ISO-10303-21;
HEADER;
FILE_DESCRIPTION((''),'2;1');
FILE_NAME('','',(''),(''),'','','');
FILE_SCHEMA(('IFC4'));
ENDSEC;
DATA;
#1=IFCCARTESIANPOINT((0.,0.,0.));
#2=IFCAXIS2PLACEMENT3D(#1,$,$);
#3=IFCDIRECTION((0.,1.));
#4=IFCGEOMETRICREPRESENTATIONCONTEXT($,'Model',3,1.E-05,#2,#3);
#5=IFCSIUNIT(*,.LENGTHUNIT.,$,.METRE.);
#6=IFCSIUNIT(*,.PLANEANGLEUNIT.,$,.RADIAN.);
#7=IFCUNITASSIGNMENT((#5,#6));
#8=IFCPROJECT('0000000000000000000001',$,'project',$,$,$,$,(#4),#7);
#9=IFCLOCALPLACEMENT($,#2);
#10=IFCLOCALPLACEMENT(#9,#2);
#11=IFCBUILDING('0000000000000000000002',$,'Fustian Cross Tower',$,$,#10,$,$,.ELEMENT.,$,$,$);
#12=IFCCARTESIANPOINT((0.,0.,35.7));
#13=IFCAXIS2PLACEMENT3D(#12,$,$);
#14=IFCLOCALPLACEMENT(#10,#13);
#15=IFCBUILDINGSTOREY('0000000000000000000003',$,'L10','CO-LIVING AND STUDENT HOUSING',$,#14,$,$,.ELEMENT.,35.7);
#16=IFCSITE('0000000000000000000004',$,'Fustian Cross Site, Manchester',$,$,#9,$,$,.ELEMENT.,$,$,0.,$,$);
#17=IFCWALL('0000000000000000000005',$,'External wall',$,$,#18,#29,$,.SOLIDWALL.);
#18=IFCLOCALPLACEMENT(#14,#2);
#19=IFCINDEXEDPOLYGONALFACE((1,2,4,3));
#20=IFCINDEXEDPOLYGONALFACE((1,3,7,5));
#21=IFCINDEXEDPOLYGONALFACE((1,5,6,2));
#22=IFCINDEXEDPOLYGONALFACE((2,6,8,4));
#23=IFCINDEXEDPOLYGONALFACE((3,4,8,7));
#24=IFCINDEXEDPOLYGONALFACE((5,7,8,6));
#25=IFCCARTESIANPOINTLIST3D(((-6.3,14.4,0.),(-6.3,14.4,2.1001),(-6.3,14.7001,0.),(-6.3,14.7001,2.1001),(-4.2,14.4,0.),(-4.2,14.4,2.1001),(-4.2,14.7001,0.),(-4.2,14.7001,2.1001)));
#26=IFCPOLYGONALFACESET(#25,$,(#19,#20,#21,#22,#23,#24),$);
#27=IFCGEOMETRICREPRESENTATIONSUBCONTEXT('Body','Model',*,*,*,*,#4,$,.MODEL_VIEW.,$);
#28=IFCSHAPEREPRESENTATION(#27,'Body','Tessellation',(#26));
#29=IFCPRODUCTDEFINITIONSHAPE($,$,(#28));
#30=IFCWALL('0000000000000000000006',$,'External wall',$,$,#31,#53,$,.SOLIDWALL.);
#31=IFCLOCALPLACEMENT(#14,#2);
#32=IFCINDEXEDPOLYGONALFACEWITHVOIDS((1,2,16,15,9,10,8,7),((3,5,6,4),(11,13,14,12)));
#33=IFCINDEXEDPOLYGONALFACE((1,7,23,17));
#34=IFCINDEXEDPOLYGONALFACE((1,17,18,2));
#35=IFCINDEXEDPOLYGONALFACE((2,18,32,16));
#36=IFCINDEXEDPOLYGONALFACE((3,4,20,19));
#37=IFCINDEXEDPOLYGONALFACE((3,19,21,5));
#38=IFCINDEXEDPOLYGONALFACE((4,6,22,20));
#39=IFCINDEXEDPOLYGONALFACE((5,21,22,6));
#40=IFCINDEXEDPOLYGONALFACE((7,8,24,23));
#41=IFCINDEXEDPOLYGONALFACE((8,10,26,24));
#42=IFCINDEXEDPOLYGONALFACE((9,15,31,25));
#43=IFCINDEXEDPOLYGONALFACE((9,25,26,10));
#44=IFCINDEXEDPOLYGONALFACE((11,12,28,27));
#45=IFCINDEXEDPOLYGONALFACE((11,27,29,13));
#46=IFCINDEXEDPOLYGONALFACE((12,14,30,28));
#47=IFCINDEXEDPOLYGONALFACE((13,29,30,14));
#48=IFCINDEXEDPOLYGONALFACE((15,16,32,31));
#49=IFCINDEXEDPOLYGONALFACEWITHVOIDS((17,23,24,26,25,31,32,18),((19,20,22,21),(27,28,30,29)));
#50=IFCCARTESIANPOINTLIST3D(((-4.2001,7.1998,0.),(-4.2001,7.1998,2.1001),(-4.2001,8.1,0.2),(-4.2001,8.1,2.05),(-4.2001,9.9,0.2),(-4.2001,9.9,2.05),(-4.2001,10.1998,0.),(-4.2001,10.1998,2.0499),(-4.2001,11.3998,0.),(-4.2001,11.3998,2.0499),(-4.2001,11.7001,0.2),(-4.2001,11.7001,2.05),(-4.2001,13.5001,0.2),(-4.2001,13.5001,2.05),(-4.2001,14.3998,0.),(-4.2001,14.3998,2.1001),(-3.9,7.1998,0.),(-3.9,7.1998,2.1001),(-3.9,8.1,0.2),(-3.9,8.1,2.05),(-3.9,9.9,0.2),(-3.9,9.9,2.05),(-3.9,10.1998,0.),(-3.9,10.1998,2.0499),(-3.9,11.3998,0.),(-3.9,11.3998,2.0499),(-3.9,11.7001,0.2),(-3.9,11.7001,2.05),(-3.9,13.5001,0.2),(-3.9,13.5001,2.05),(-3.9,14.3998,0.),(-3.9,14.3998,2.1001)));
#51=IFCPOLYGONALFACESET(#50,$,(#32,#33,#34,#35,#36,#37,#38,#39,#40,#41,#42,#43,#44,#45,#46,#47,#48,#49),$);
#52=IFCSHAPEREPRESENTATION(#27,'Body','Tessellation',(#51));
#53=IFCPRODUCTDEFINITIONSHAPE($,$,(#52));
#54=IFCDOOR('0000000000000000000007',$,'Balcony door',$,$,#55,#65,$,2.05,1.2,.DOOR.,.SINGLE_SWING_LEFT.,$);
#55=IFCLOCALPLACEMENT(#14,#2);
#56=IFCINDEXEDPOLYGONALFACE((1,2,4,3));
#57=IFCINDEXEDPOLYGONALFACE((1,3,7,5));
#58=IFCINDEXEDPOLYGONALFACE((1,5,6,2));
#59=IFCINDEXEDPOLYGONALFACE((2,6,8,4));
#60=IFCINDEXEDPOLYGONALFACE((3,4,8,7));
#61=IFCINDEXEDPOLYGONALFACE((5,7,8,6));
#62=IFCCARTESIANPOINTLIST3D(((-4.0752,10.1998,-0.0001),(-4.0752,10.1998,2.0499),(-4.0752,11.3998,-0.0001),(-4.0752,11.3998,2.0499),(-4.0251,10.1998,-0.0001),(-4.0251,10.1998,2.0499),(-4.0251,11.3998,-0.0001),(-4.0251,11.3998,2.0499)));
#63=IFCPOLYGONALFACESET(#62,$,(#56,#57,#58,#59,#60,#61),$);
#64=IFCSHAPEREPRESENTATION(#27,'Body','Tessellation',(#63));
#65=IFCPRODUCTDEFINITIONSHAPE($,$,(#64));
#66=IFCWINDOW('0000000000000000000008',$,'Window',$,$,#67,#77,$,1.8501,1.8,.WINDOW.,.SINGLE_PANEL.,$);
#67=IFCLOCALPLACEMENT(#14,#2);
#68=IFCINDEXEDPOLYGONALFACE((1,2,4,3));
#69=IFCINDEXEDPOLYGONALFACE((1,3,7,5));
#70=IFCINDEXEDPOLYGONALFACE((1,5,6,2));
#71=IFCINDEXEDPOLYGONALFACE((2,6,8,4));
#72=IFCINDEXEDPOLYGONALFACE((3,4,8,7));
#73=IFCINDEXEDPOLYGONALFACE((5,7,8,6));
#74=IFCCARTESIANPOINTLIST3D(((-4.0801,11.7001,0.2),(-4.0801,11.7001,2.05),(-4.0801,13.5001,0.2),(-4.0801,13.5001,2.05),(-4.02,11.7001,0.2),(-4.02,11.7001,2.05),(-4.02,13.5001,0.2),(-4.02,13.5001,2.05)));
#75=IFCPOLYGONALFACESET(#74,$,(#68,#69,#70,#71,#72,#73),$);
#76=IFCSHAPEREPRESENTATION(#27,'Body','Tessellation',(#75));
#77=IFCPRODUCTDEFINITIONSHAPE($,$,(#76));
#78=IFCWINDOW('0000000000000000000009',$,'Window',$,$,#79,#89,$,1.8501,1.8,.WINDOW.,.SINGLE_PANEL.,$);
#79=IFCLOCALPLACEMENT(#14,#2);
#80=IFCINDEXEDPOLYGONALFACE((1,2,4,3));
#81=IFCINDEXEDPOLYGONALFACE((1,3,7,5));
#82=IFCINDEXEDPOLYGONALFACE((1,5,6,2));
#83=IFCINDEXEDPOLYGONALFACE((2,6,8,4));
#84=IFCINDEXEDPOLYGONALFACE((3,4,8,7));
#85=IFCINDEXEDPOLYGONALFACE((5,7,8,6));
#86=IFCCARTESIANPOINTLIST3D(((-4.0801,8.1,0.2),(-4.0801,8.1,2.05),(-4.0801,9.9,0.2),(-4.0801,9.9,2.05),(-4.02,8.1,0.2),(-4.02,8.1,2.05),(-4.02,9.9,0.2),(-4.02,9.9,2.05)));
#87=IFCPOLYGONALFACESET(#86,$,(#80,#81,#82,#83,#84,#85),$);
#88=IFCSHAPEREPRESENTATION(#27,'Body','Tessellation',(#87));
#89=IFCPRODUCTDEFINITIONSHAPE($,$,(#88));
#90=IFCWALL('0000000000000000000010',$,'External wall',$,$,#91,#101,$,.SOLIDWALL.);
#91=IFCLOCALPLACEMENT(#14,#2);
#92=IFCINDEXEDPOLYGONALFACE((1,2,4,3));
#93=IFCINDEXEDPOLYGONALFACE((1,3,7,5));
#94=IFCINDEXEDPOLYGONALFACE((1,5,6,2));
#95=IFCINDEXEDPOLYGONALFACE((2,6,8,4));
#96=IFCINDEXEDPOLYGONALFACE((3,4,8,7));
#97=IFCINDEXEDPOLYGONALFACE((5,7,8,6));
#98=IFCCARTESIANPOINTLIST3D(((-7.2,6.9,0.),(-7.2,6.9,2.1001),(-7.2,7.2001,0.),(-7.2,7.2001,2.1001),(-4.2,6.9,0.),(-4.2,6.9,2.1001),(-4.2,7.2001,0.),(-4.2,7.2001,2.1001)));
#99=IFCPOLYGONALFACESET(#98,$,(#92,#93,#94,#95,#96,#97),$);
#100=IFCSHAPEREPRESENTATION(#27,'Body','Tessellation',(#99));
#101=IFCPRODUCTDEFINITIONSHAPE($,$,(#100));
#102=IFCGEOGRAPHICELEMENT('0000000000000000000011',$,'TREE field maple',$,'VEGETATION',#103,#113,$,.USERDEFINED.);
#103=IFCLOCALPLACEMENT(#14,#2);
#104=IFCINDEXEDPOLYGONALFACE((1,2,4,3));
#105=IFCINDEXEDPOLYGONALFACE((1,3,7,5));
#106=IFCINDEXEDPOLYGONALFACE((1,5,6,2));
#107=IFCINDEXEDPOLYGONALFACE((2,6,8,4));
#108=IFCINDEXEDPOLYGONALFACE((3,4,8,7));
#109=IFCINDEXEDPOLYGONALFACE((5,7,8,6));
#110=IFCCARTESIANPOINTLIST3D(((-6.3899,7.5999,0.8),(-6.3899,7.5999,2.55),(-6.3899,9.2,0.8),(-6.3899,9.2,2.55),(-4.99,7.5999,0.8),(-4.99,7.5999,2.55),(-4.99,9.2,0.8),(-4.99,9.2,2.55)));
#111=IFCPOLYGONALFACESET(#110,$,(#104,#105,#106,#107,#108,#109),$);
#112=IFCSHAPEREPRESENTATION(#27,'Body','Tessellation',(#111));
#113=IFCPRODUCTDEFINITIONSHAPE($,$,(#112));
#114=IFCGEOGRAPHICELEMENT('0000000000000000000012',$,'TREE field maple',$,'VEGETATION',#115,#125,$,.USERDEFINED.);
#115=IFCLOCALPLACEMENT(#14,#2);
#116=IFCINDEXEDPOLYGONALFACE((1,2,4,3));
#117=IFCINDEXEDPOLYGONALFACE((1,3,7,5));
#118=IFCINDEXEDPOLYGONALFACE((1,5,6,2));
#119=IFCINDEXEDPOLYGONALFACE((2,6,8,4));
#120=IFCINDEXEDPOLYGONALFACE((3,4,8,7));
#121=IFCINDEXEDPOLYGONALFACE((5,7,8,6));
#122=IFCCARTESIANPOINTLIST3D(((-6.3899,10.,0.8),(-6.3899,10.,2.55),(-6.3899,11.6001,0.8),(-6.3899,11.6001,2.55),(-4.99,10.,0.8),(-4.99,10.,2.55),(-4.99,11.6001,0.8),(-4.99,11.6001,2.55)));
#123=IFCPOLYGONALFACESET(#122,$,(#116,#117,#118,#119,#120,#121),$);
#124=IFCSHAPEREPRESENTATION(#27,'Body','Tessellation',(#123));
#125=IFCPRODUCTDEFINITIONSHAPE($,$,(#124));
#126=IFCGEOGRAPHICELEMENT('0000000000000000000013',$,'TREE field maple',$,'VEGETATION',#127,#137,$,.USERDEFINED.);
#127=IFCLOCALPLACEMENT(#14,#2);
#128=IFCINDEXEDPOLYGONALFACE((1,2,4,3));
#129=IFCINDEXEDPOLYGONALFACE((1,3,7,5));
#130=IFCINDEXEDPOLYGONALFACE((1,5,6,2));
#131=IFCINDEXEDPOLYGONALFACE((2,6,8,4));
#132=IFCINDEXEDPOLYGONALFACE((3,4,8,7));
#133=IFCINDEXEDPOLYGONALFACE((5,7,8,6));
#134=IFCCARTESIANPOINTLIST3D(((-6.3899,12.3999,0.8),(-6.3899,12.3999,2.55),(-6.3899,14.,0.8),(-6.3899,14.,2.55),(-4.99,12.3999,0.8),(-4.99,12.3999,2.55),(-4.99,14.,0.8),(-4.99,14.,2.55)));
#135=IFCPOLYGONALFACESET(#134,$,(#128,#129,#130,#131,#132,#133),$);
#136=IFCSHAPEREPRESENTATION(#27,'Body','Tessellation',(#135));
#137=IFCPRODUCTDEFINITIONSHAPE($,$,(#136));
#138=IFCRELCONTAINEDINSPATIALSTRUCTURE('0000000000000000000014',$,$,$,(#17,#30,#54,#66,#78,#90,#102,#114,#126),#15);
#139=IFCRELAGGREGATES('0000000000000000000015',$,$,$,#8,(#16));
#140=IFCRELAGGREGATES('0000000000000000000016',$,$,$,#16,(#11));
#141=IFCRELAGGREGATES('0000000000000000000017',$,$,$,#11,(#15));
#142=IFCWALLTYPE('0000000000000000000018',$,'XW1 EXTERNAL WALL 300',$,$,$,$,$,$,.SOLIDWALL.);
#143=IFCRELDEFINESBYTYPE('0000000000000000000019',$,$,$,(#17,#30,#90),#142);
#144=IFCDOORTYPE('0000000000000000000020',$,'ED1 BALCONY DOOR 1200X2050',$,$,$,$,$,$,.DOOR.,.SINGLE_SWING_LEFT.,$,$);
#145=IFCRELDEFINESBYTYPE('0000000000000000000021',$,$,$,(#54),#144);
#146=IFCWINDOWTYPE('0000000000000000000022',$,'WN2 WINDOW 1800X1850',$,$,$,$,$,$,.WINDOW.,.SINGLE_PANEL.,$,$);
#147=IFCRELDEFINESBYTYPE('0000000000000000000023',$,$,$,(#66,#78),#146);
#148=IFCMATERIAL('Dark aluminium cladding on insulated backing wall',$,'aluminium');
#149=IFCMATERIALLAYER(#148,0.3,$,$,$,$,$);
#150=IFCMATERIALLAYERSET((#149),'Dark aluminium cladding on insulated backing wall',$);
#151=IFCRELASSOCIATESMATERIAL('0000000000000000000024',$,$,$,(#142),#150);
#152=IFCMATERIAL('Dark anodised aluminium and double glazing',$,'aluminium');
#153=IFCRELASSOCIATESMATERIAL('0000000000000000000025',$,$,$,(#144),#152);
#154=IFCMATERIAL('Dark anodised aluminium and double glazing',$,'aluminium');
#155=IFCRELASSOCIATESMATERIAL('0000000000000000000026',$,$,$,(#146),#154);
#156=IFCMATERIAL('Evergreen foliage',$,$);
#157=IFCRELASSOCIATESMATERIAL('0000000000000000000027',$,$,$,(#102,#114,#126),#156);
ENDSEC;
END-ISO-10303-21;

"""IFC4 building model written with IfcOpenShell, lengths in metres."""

from ifc_helpers import new_model, si_unit, direction, frame, frame_2d, origin, origin_2d, place, context, subcontext, project, spatial, rectangle, extrude, material, layer, layer_set, type_object, element, fill, save


model = new_model("IFC4")

# Units and contexts
model_context = context("Model", 3, precision=1e-05, world=origin(), true_north=direction((0.0, 1.0)))
body_context = subcontext(model_context, "Body", "Model", "MODEL_VIEW")
ifc_project = project(units=[si_unit("LENGTHUNIT", "METRE"), si_unit("PLANEANGLEUNIT", "RADIAN")], contexts=[model_context])

# Site, building, storey
site_placement = place(None, origin())
site = spatial("IfcSite", under=ifc_project, at=site_placement, Name="Fustian Cross Site, Manchester", CompositionType="ELEMENT", RefElevation=0.0)
building_placement = place(site_placement, origin())
building = spatial("IfcBuilding", under=site, at=building_placement, Name="Fustian Cross Tower", CompositionType="ELEMENT")
storey_placement = place(building_placement, frame((0.0, 0.0, 35.7)))
storey = spatial("IfcBuildingStorey", under=building, at=storey_placement, Name="L10", Description="CO-LIVING AND STUDENT HOUSING", CompositionType="ELEMENT", Elevation=35.7)

# Wall
ifc_material_1 = material(Name="Dark aluminium cladding on insulated backing wall", Category="aluminium")
ifc_layer_1 = layer(ifc_material_1, 0.3)
ifc_layer_set_1 = layer_set([ifc_layer_1], Name="Dark aluminium cladding on insulated backing wall")
wall_type_1 = type_object("IfcWallType", Name="XW1 EXTERNAL WALL 300", PredefinedType="SOLIDWALL", material=ifc_layer_set_1)
wall_1_placement = place(storey_placement, frame((-6.3, 14.55, 0.0), z_axis=(0.0, 0.0, 1.0), x_axis=(1.0, 0.0, 0.0)))
element("IfcWall", 1, at=wall_1_placement, inside=storey, type_object=wall_type_1, Name="External wall", PredefinedType="SOLIDWALL", context=body_context, shape_type="SweptSolid", body=[
    extrude(rectangle(XDim=2.1001, YDim=0.3, at=frame_2d((1.05, 0.0))), origin(), (0.0, 0.0, 1.0), 2.1001),
])

# Wall, openings, door, windows
wall_2_placement = place(storey_placement, frame((-4.05, 14.3999, 0.0), z_axis=(0.0, 0.0, 1.0), x_axis=(0.0, -1.0, 0.0)))
wall_2 = element("IfcWall", 2, at=wall_2_placement, inside=storey, type_object=wall_type_1, Name="External wall", PredefinedType="SOLIDWALL", context=body_context, shape_type="SweptSolid", body=[
    extrude(rectangle(XDim=7.2, YDim=0.3, at=frame_2d((3.6001, 0.0))), origin(), (0.0, 0.0, 1.0), 2.1001),
])
opening_1_placement = place(wall_2_placement, frame((3.0, 0.0, 0.0)))
opening_1 = element("IfcOpeningElement", 3, at=opening_1_placement, cuts=wall_2, PredefinedType="OPENING", context=body_context, shape_type="SweptSolid", body=[
    extrude(rectangle(XDim=1.2, YDim=2.05, at=frame_2d((0.6001, 1.0249))), frame((0.0, 0.1599, 0.0), z_axis=(0.0, -1.0, 0.0), x_axis=(1.0, 0.0, 0.0)), (0.0, 0.0, 1.0), 0.3201),
])
opening_2_placement = place(wall_2_placement, frame((0.8999, 0.0, 0.2)))
opening_2 = element("IfcOpeningElement", 4, at=opening_2_placement, cuts=wall_2, PredefinedType="OPENING", context=body_context, shape_type="SweptSolid", body=[
    extrude(rectangle(XDim=1.8, YDim=1.8501, at=frame_2d((0.8999, 0.925))), frame((0.0, 0.1599, 0.0), z_axis=(0.0, -1.0, 0.0), x_axis=(1.0, 0.0, 0.0)), (0.0, 0.0, 1.0), 0.3201),
])
opening_3_placement = place(wall_2_placement, frame((4.5, 0.0, 0.2)))
opening_3 = element("IfcOpeningElement", 5, at=opening_3_placement, cuts=wall_2, PredefinedType="OPENING", context=body_context, shape_type="SweptSolid", body=[
    extrude(rectangle(XDim=1.8, YDim=1.8501, at=frame_2d((0.8999, 0.925))), frame((0.0, 0.1599, 0.0), z_axis=(0.0, -1.0, 0.0), x_axis=(1.0, 0.0, 0.0)), (0.0, 0.0, 1.0), 0.3201),
])
ifc_material_2 = material(Name="Dark anodised aluminium and double glazing", Category="aluminium")
door_type_1 = type_object("IfcDoorType", Name="ED1 BALCONY DOOR 1200X2050", OperationType="SINGLE_SWING_LEFT", PredefinedType="DOOR", material=ifc_material_2)
door_1_placement = place(opening_1_placement, origin())
door_1 = element("IfcDoor", 6, at=door_1_placement, inside=storey, type_object=door_type_1, Name="Balcony door", OperationType="SINGLE_SWING_LEFT", OverallHeight=2.05, OverallWidth=1.2, PredefinedType="DOOR", context=body_context, shape_type="SweptSolid", body=[
    extrude(rectangle(XDim=1.2, YDim=2.05, at=frame_2d((0.6001, 1.0249))), frame((0.0, 0.0249, 0.0), z_axis=(0.0, -1.0, 0.0), x_axis=(1.0, 0.0, 0.0)), (0.0, 0.0, 1.0), 0.05),
])
fill(opening_1, door_1)
ifc_material_3 = material(Name="Dark anodised aluminium and double glazing", Category="aluminium")
window_type = type_object("IfcWindowType", Name="WN2 WINDOW 1800X1850", PartitioningType="SINGLE_PANEL", PredefinedType="WINDOW", material=ifc_material_3)
window_1_placement = place(opening_2_placement, origin())
window_1 = element("IfcWindow", 7, at=window_1_placement, inside=storey, type_object=window_type, Name="Window", OverallHeight=1.8501, OverallWidth=1.8, PartitioningType="SINGLE_PANEL", PredefinedType="WINDOW", context=body_context, shape_type="SweptSolid", body=[
    extrude(rectangle(XDim=1.8, YDim=1.8501, at=frame_2d((0.8999, 0.925))), frame((0.0, 0.03, 0.0), z_axis=(0.0, -1.0, 0.0), x_axis=(1.0, 0.0, 0.0)), (0.0, 0.0, 1.0), 0.0601),
])
fill(opening_2, window_1)
window_2_placement = place(opening_3_placement, origin())
window_2 = element("IfcWindow", 8, at=window_2_placement, inside=storey, type_object=window_type, Name="Window", OverallHeight=1.8501, OverallWidth=1.8, PartitioningType="SINGLE_PANEL", PredefinedType="WINDOW", context=body_context, shape_type="SweptSolid", body=[
    extrude(rectangle(XDim=1.8, YDim=1.8501, at=frame_2d((0.8999, 0.925))), frame((0.0, 0.03, 0.0), z_axis=(0.0, -1.0, 0.0), x_axis=(1.0, 0.0, 0.0)), (0.0, 0.0, 1.0), 0.0601),
])
fill(opening_3, window_2)

# Wall
wall_3_placement = place(storey_placement, frame((-4.2, 7.05, 0.0), z_axis=(0.0, 0.0, 1.0), x_axis=(-1.0, 0.0, 0.0)))
element("IfcWall", 9, at=wall_3_placement, inside=storey, type_object=wall_type_1, Name="External wall", PredefinedType="SOLIDWALL", context=body_context, shape_type="SweptSolid", body=[
    extrude(rectangle(XDim=3.0, YDim=0.3, at=frame_2d((1.5, 0.0))), origin(), (0.0, 0.0, 1.0), 2.1001),
])

# Geographic elements
ifc_material_4 = material(Name="Evergreen foliage")
for number, where, z_axis, x_axis, name in (
    (10, (-5.6899, 8.3999, 0.8), (0.0, 0.0, 1.0), (1.0, 0.0, 0.0), "TREE field maple"),
    (11, (-5.6899, 10.8, 0.8), (0.0, 0.0, 1.0), (1.0, 0.0, 0.0), "TREE field maple"),
    (12, (-5.6899, 13.2, 0.8), (0.0, 0.0, 1.0), (1.0, 0.0, 0.0), "TREE field maple"),
):
    element("IfcGeographicElement", number, at=place(storey_placement, frame(where, z_axis=z_axis, x_axis=x_axis)), inside=storey, material=ifc_material_4, Name=name, ObjectType="VEGETATION", PredefinedType="USERDEFINED", context=body_context, shape_type="SweptSolid", body=[
        extrude(rectangle(XDim=1.3999, YDim=1.6001, at=origin_2d()), origin(), (0.0, 0.0, 1.0), 1.75),
    ])

save(model, "model.ifc")
